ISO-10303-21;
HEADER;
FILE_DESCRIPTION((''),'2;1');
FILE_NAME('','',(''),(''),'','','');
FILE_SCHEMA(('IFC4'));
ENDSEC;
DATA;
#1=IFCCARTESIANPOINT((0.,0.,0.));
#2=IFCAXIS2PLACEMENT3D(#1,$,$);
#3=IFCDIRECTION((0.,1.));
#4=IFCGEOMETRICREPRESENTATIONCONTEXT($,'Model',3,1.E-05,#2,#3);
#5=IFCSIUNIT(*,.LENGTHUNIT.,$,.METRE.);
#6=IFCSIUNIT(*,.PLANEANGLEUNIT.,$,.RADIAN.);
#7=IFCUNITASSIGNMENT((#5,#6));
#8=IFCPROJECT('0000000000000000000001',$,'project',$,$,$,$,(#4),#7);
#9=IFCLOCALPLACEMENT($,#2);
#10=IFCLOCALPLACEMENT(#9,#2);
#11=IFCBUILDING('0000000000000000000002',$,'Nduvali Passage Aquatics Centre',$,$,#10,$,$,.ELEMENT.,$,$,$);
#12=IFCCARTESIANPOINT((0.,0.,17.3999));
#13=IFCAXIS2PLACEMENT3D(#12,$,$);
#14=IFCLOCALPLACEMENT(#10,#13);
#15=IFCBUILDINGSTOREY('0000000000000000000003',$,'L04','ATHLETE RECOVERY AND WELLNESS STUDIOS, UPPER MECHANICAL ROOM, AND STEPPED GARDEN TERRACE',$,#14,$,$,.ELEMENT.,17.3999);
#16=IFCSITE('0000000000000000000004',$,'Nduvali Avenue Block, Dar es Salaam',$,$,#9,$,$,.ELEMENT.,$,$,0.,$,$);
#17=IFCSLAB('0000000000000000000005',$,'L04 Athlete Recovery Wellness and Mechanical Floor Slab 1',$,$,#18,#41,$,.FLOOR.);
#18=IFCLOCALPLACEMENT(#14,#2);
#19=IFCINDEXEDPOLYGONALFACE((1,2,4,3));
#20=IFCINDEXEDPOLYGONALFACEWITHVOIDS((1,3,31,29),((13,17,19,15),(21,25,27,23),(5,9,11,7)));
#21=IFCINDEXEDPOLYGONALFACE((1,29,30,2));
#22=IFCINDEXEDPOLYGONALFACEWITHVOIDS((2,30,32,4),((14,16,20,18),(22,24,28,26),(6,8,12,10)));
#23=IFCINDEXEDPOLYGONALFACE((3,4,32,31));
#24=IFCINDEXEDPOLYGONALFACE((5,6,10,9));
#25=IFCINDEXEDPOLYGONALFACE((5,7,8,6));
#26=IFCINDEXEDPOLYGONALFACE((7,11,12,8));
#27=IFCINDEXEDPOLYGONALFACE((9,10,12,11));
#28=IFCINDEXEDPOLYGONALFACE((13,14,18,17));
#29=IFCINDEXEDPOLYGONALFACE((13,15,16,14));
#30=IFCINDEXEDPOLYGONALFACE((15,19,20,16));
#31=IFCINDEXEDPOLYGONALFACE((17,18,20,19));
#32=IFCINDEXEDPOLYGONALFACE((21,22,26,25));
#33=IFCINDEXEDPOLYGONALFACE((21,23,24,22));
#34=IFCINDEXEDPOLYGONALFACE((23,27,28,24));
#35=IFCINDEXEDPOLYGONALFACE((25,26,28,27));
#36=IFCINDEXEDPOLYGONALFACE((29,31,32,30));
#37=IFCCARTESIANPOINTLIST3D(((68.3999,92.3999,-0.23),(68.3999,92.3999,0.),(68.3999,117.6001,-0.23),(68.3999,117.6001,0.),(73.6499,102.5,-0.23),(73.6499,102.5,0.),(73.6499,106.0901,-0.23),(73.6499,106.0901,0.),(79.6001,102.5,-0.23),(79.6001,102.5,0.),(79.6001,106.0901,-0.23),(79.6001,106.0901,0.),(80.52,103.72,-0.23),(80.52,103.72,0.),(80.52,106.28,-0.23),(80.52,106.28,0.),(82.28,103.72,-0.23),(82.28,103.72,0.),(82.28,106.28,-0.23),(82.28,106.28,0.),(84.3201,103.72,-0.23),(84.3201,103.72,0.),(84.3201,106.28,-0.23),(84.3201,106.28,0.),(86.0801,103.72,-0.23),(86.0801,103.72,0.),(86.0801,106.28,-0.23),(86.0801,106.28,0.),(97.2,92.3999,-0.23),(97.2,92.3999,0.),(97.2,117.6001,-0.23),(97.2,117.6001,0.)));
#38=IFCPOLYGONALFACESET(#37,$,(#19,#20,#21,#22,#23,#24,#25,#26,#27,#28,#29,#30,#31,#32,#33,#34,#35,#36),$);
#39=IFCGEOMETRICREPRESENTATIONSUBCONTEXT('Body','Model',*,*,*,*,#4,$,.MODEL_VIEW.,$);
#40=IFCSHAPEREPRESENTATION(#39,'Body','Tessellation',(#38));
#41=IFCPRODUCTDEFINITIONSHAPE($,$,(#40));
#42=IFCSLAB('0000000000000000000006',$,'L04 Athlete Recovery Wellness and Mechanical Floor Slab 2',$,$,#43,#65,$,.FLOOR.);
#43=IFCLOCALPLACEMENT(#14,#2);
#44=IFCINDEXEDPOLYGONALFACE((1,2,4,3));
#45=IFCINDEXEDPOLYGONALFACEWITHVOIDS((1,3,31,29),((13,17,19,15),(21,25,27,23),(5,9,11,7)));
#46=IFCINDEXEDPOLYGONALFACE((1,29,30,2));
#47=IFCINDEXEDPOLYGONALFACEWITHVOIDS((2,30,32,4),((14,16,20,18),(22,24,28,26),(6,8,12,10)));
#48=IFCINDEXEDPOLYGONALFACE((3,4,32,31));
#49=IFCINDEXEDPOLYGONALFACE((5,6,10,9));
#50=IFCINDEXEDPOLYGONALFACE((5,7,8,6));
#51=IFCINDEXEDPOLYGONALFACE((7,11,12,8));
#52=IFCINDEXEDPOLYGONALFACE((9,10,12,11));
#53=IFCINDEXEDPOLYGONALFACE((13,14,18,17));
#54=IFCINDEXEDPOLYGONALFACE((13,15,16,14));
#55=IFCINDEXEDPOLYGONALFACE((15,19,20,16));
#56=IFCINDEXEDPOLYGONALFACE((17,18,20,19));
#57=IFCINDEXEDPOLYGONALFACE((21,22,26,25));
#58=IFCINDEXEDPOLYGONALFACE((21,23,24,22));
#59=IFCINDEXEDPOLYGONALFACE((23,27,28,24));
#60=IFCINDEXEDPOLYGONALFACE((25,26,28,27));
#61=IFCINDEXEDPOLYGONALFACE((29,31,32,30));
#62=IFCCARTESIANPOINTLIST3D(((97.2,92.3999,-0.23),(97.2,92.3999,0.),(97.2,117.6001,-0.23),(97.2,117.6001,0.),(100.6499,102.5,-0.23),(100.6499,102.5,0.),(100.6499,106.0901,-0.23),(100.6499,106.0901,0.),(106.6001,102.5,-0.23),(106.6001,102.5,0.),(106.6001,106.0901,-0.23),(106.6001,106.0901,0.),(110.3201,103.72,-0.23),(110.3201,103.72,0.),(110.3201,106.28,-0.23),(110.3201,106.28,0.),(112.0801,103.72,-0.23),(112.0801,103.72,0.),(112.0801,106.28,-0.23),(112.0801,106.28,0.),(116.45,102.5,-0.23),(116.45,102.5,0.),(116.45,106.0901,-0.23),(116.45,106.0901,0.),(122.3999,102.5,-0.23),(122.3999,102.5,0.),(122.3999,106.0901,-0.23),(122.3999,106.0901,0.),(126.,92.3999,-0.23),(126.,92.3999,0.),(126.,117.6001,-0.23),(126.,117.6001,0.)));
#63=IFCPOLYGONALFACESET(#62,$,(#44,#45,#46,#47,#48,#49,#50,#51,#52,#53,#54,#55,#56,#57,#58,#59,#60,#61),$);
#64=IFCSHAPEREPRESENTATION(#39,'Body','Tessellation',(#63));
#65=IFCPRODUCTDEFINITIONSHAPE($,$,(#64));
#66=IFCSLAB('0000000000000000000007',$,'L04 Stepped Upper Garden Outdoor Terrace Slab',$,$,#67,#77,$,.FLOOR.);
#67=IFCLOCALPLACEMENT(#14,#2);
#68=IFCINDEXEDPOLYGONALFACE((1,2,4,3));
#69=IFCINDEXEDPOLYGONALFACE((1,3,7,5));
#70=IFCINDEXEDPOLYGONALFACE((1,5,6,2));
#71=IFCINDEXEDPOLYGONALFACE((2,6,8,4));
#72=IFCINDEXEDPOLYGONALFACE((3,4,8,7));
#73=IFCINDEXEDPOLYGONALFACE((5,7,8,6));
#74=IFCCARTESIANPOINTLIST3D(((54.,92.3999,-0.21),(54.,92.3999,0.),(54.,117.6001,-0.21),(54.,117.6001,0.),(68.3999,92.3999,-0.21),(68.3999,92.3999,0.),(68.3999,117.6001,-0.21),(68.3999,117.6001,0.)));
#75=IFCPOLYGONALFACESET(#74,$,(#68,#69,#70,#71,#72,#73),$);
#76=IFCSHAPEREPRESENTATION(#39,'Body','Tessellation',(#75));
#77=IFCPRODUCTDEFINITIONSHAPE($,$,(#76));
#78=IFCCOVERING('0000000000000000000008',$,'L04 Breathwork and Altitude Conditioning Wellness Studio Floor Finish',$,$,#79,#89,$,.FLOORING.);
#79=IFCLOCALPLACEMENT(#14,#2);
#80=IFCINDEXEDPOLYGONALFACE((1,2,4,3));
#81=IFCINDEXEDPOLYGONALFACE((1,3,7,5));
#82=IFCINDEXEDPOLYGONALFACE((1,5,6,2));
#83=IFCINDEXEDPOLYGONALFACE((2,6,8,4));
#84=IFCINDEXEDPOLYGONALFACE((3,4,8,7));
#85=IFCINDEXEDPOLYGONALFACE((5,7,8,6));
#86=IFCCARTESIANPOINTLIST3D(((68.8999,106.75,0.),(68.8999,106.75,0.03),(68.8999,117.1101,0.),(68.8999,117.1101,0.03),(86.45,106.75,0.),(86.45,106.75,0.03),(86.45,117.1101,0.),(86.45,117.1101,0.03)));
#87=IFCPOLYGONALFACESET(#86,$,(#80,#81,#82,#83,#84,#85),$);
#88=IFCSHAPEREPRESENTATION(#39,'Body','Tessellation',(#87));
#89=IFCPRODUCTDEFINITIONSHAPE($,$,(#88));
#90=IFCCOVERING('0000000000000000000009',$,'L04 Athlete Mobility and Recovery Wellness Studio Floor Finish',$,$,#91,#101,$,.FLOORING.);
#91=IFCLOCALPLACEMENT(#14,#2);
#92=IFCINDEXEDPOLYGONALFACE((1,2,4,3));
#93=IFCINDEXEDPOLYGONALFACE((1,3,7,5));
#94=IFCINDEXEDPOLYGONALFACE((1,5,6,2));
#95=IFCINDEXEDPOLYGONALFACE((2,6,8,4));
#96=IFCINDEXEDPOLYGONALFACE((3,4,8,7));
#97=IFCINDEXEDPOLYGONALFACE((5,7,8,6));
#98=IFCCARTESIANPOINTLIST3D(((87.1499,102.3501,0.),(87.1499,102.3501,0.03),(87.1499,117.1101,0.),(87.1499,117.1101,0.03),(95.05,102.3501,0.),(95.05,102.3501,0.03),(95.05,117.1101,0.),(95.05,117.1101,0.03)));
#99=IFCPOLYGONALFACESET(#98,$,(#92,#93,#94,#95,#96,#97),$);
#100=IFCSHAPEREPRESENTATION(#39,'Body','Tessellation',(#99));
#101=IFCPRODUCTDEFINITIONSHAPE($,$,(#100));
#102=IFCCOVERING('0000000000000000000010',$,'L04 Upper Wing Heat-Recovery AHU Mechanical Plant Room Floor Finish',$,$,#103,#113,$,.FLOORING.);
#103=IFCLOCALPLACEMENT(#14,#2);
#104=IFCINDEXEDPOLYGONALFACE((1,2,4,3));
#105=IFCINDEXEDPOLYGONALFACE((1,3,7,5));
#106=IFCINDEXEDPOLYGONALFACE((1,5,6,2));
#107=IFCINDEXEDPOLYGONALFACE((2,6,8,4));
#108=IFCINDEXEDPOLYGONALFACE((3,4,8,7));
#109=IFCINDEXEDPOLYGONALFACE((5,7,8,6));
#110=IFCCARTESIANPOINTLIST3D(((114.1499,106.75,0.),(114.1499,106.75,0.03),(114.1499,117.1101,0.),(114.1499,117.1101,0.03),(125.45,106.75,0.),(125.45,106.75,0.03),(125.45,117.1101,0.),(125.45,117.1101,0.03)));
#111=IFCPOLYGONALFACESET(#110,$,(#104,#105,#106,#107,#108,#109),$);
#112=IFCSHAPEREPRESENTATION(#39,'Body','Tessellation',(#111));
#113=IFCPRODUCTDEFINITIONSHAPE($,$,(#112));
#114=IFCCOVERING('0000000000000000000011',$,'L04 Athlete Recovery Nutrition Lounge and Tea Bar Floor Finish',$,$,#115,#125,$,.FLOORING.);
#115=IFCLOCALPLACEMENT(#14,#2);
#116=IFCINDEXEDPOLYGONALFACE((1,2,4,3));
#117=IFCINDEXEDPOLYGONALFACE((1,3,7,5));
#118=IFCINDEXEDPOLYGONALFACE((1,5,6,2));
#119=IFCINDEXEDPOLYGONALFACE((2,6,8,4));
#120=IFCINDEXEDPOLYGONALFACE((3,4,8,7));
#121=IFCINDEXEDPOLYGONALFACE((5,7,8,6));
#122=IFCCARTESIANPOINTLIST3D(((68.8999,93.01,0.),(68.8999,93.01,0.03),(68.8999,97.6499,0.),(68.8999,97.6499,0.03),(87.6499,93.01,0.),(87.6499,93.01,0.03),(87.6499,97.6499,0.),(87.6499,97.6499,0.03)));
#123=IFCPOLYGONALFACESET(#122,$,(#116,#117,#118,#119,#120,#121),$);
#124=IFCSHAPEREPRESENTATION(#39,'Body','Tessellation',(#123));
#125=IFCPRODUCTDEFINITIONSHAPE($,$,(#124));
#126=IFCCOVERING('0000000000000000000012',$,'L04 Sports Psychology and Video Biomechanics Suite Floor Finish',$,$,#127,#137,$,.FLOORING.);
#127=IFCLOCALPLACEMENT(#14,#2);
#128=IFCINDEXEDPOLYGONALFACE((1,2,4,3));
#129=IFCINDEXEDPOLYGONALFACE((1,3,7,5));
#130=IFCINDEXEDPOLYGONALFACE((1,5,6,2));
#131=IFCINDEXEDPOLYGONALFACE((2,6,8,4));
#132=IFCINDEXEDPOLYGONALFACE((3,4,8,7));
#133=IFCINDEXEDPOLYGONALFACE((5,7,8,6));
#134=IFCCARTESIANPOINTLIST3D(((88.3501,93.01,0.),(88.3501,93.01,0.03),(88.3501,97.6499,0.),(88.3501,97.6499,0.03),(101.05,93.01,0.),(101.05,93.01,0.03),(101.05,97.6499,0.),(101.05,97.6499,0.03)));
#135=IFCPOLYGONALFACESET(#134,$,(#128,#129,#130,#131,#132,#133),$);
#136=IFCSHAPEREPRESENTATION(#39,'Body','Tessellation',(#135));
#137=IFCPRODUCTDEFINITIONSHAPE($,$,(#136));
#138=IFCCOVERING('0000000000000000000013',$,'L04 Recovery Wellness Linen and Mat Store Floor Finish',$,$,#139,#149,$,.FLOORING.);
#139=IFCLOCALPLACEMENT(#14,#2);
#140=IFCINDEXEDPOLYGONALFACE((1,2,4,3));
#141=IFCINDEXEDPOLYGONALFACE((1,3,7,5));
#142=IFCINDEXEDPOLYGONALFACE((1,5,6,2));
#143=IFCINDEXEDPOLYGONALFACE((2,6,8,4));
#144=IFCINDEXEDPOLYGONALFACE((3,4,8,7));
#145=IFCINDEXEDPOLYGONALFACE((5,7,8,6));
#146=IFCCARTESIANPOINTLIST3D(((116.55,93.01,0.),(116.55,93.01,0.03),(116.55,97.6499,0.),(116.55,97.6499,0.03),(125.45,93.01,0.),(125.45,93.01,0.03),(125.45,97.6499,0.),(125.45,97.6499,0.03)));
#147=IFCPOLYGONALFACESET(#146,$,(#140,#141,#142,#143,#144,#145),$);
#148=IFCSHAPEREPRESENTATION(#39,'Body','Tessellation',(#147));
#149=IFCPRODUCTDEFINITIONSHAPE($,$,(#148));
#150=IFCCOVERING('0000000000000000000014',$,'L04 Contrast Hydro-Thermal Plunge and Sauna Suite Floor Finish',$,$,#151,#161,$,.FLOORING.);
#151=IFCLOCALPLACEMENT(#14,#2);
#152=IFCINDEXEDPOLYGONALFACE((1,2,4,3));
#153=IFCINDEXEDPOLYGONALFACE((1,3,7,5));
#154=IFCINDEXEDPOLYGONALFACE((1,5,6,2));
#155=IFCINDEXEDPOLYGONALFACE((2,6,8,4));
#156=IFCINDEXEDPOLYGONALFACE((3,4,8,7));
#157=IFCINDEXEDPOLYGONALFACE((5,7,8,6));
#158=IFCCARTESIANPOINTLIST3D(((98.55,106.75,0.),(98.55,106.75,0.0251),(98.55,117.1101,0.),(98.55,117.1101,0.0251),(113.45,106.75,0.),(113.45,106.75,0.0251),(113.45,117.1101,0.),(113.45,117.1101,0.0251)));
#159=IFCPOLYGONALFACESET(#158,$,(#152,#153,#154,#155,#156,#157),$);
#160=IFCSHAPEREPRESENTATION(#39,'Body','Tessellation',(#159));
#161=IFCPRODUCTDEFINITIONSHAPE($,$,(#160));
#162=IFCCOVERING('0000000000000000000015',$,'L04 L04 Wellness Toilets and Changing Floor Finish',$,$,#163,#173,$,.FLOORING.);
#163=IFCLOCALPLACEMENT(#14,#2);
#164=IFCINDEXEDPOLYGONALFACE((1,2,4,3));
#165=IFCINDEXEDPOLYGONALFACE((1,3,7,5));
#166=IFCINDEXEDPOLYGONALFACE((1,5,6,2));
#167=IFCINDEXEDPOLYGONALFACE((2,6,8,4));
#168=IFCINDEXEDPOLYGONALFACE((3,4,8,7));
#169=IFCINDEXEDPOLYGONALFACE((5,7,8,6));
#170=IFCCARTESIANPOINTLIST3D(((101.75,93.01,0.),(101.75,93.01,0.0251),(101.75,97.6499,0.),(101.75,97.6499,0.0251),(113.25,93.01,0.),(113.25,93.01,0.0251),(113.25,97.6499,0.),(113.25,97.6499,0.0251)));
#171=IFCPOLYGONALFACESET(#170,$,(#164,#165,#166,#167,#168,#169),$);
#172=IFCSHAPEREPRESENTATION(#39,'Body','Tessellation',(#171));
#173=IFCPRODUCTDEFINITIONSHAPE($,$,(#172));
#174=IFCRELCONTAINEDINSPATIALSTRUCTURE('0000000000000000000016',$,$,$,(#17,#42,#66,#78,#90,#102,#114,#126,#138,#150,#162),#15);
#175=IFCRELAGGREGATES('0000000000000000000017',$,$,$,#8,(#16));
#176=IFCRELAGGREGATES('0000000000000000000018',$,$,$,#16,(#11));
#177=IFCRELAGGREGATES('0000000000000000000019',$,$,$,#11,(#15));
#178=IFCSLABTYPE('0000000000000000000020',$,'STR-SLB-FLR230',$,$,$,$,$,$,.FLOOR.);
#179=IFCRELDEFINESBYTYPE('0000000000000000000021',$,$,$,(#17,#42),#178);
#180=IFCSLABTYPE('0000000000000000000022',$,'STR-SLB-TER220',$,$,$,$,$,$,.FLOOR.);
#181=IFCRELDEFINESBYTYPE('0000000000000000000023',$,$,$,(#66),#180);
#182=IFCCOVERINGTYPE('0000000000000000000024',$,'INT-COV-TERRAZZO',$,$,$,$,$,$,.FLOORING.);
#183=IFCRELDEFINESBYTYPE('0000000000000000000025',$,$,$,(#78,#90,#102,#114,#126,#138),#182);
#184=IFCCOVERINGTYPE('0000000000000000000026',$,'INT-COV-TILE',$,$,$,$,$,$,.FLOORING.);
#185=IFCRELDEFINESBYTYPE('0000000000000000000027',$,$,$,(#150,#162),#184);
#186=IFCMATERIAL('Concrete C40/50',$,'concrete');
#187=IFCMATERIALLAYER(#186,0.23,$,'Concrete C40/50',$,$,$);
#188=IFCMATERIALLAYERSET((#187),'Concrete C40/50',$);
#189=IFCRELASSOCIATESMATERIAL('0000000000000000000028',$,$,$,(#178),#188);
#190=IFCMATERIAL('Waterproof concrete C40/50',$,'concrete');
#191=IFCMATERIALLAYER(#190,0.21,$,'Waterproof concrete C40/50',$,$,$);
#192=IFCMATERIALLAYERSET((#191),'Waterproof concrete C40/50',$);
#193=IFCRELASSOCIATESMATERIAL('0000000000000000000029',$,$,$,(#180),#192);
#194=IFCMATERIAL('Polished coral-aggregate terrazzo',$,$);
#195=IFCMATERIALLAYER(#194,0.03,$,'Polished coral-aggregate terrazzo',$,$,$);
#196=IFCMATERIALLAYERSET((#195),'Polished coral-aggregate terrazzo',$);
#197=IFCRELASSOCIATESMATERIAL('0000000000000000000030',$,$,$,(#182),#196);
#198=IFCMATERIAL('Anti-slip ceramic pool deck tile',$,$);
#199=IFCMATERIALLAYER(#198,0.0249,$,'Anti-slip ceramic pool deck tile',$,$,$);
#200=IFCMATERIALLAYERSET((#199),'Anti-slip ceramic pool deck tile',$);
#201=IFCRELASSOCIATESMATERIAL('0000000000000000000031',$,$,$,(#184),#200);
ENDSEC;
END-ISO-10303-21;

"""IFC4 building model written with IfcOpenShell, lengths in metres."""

from ifc_helpers import new_model, si_unit, direction, frame, origin, place, context, subcontext, project, spatial, polyline, outline, extrude, material, layer, layer_set, type_object, element, save


model = new_model("IFC4")

# Units and contexts
model_context = context("Model", 3, precision=1e-05, world=origin(), true_north=direction((0.0, 1.0)))
body_context = subcontext(model_context, "Body", "Model", "MODEL_VIEW")
ifc_project = project(units=[si_unit("LENGTHUNIT", "METRE"), si_unit("PLANEANGLEUNIT", "RADIAN")], contexts=[model_context])

# Site, building, storey
site_placement = place(None, origin())
site = spatial("IfcSite", under=ifc_project, at=site_placement, Name="Nduvali Avenue Block, Dar es Salaam", CompositionType="ELEMENT", RefElevation=0.0)
building_placement = place(site_placement, origin())
building = spatial("IfcBuilding", under=site, at=building_placement, Name="Nduvali Passage Aquatics Centre", CompositionType="ELEMENT")
storey_placement = place(building_placement, frame((0.0, 0.0, 17.3999)))
storey = spatial("IfcBuildingStorey", under=building, at=storey_placement, Name="L04", Description="ATHLETE RECOVERY AND WELLNESS STUDIOS, UPPER MECHANICAL ROOM, AND STEPPED GARDEN TERRACE", CompositionType="ELEMENT", Elevation=17.3999)

# Shared definitions
ifc_material_1 = material(Name="Concrete C40/50", Category="concrete")

# Slabs
ifc_layer_1 = layer(ifc_material_1, 0.23, Name="Concrete C40/50")
ifc_layer_set_1 = layer_set([ifc_layer_1], Name="Concrete C40/50")
slab_type_1 = type_object("IfcSlabType", Name="STR-SLB-FLR230", PredefinedType="FLOOR", material=ifc_layer_set_1)
slab_1_placement = place(storey_placement, frame((0.0, 0.0, -0.23)))
element("IfcSlab", 1, at=slab_1_placement, inside=storey, type_object=slab_type_1, Name="L04 Athlete Recovery Wellness and Mechanical Floor Slab 1", PredefinedType="FLOOR", context=body_context, shape_type="SweptSolid", body=[
    extrude(outline(polyline([(68.3999, 92.3999), (97.2, 92.3999), (97.2, 117.6001), (68.3999, 117.6001), (68.3999, 92.3999)]), holes=[polyline([(73.6499, 102.5), (79.6001, 102.5), (79.6001, 106.0901), (73.6499, 106.0901), (73.6499, 102.5)]), polyline([(80.52, 103.72), (82.28, 103.72), (82.28, 106.28), (80.52, 106.28), (80.52, 103.72)]), polyline([(84.3201, 103.72), (86.0801, 103.72), (86.0801, 106.28), (84.3201, 106.28), (84.3201, 103.72)])]), origin(), (0.0, 0.0, 1.0), 0.23),
])
slab_2_placement = place(storey_placement, frame((0.0, 0.0, -0.23)))
element("IfcSlab", 2, at=slab_2_placement, inside=storey, type_object=slab_type_1, Name="L04 Athlete Recovery Wellness and Mechanical Floor Slab 2", PredefinedType="FLOOR", context=body_context, shape_type="SweptSolid", body=[
    extrude(outline(polyline([(97.2, 92.3999), (126.0, 92.3999), (126.0, 117.6001), (97.2, 117.6001), (97.2, 92.3999)]), holes=[polyline([(116.45, 102.5), (122.3999, 102.5), (122.3999, 106.0901), (116.45, 106.0901), (116.45, 102.5)]), polyline([(100.6499, 102.5), (106.6001, 102.5), (106.6001, 106.0901), (100.6499, 106.0901), (100.6499, 102.5)]), polyline([(110.3201, 103.72), (112.0801, 103.72), (112.0801, 106.28), (110.3201, 106.28), (110.3201, 103.72)])]), origin(), (0.0, 0.0, 1.0), 0.23),
])
ifc_material_2 = material(Name="Waterproof concrete C40/50", Category="concrete")
ifc_layer_2 = layer(ifc_material_2, 0.21, Name="Waterproof concrete C40/50")
ifc_layer_set_2 = layer_set([ifc_layer_2], Name="Waterproof concrete C40/50")
slab_type_2 = type_object("IfcSlabType", Name="STR-SLB-TER220", PredefinedType="FLOOR", material=ifc_layer_set_2)
slab_3_placement = place(storey_placement, frame((0.0, 0.0, -0.21)))
element("IfcSlab", 3, at=slab_3_placement, inside=storey, type_object=slab_type_2, Name="L04 Stepped Upper Garden Outdoor Terrace Slab", PredefinedType="FLOOR", context=body_context, shape_type="SweptSolid", body=[
    extrude(outline(polyline([(54.0, 92.3999), (68.3999, 92.3999), (68.3999, 117.6001), (54.0, 117.6001), (54.0, 92.3999)])), origin(), (0.0, 0.0, 1.0), 0.21),
])

# Coverings
ifc_material_3 = material(Name="Polished coral-aggregate terrazzo")
ifc_layer_3 = layer(ifc_material_3, 0.03, Name="Polished coral-aggregate terrazzo")
ifc_layer_set_3 = layer_set([ifc_layer_3], Name="Polished coral-aggregate terrazzo")
covering_type_1 = type_object("IfcCoveringType", Name="INT-COV-TERRAZZO", PredefinedType="FLOORING", material=ifc_layer_set_3)
covering_1_placement = place(storey_placement, origin())
element("IfcCovering", 4, at=covering_1_placement, inside=storey, type_object=covering_type_1, Name="L04 Breathwork and Altitude Conditioning Wellness Studio Floor Finish", PredefinedType="FLOORING", context=body_context, shape_type="SweptSolid", body=[
    extrude(outline(polyline([(68.8999, 106.75), (86.45, 106.75), (86.45, 117.1101), (68.8999, 117.1101), (68.8999, 106.75)])), origin(), (0.0, 0.0, 1.0), 0.03),
])
covering_2_placement = place(storey_placement, origin())
element("IfcCovering", 5, at=covering_2_placement, inside=storey, type_object=covering_type_1, Name="L04 Athlete Mobility and Recovery Wellness Studio Floor Finish", PredefinedType="FLOORING", context=body_context, shape_type="SweptSolid", body=[
    extrude(outline(polyline([(87.1499, 102.3501), (95.05, 102.3501), (95.05, 117.1101), (87.1499, 117.1101), (87.1499, 102.3501)])), origin(), (0.0, 0.0, 1.0), 0.03),
])
covering_3_placement = place(storey_placement, origin())
element("IfcCovering", 6, at=covering_3_placement, inside=storey, type_object=covering_type_1, Name="L04 Upper Wing Heat-Recovery AHU Mechanical Plant Room Floor Finish", PredefinedType="FLOORING", context=body_context, shape_type="SweptSolid", body=[
    extrude(outline(polyline([(114.1499, 106.75), (125.45, 106.75), (125.45, 117.1101), (114.1499, 117.1101), (114.1499, 106.75)])), origin(), (0.0, 0.0, 1.0), 0.03),
])
covering_4_placement = place(storey_placement, origin())
element("IfcCovering", 7, at=covering_4_placement, inside=storey, type_object=covering_type_1, Name="L04 Athlete Recovery Nutrition Lounge and Tea Bar Floor Finish", PredefinedType="FLOORING", context=body_context, shape_type="SweptSolid", body=[
    extrude(outline(polyline([(68.8999, 93.01), (87.6499, 93.01), (87.6499, 97.6499), (68.8999, 97.6499), (68.8999, 93.01)])), origin(), (0.0, 0.0, 1.0), 0.03),
])
covering_5_placement = place(storey_placement, origin())
element("IfcCovering", 8, at=covering_5_placement, inside=storey, type_object=covering_type_1, Name="L04 Sports Psychology and Video Biomechanics Suite Floor Finish", PredefinedType="FLOORING", context=body_context, shape_type="SweptSolid", body=[
    extrude(outline(polyline([(88.3501, 93.01), (101.05, 93.01), (101.05, 97.6499), (88.3501, 97.6499), (88.3501, 93.01)])), origin(), (0.0, 0.0, 1.0), 0.03),
])
covering_6_placement = place(storey_placement, origin())
element("IfcCovering", 9, at=covering_6_placement, inside=storey, type_object=covering_type_1, Name="L04 Recovery Wellness Linen and Mat Store Floor Finish", PredefinedType="FLOORING", context=body_context, shape_type="SweptSolid", body=[
    extrude(outline(polyline([(116.55, 93.01), (125.45, 93.01), (125.45, 97.6499), (116.55, 97.6499), (116.55, 93.01)])), origin(), (0.0, 0.0, 1.0), 0.03),
])
ifc_material_4 = material(Name="Anti-slip ceramic pool deck tile")
ifc_layer_4 = layer(ifc_material_4, 0.0249, Name="Anti-slip ceramic pool deck tile")
ifc_layer_set_4 = layer_set([ifc_layer_4], Name="Anti-slip ceramic pool deck tile")
covering_type_2 = type_object("IfcCoveringType", Name="INT-COV-TILE", PredefinedType="FLOORING", material=ifc_layer_set_4)
covering_7_placement = place(storey_placement, origin())
element("IfcCovering", 10, at=covering_7_placement, inside=storey, type_object=covering_type_2, Name="L04 Contrast Hydro-Thermal Plunge and Sauna Suite Floor Finish", PredefinedType="FLOORING", context=body_context, shape_type="SweptSolid", body=[
    extrude(outline(polyline([(98.55, 106.75), (113.45, 106.75), (113.45, 117.1101), (98.55, 117.1101), (98.55, 106.75)])), origin(), (0.0, 0.0, 1.0), 0.0251),
])
covering_8_placement = place(storey_placement, origin())
element("IfcCovering", 11, at=covering_8_placement, inside=storey, type_object=covering_type_2, Name="L04 L04 Wellness Toilets and Changing Floor Finish", PredefinedType="FLOORING", context=body_context, shape_type="SweptSolid", body=[
    extrude(outline(polyline([(101.75, 93.01), (113.25, 93.01), (113.25, 97.6499), (101.75, 97.6499), (101.75, 93.01)])), origin(), (0.0, 0.0, 1.0), 0.0251),
])

save(model, "model.ifc")
